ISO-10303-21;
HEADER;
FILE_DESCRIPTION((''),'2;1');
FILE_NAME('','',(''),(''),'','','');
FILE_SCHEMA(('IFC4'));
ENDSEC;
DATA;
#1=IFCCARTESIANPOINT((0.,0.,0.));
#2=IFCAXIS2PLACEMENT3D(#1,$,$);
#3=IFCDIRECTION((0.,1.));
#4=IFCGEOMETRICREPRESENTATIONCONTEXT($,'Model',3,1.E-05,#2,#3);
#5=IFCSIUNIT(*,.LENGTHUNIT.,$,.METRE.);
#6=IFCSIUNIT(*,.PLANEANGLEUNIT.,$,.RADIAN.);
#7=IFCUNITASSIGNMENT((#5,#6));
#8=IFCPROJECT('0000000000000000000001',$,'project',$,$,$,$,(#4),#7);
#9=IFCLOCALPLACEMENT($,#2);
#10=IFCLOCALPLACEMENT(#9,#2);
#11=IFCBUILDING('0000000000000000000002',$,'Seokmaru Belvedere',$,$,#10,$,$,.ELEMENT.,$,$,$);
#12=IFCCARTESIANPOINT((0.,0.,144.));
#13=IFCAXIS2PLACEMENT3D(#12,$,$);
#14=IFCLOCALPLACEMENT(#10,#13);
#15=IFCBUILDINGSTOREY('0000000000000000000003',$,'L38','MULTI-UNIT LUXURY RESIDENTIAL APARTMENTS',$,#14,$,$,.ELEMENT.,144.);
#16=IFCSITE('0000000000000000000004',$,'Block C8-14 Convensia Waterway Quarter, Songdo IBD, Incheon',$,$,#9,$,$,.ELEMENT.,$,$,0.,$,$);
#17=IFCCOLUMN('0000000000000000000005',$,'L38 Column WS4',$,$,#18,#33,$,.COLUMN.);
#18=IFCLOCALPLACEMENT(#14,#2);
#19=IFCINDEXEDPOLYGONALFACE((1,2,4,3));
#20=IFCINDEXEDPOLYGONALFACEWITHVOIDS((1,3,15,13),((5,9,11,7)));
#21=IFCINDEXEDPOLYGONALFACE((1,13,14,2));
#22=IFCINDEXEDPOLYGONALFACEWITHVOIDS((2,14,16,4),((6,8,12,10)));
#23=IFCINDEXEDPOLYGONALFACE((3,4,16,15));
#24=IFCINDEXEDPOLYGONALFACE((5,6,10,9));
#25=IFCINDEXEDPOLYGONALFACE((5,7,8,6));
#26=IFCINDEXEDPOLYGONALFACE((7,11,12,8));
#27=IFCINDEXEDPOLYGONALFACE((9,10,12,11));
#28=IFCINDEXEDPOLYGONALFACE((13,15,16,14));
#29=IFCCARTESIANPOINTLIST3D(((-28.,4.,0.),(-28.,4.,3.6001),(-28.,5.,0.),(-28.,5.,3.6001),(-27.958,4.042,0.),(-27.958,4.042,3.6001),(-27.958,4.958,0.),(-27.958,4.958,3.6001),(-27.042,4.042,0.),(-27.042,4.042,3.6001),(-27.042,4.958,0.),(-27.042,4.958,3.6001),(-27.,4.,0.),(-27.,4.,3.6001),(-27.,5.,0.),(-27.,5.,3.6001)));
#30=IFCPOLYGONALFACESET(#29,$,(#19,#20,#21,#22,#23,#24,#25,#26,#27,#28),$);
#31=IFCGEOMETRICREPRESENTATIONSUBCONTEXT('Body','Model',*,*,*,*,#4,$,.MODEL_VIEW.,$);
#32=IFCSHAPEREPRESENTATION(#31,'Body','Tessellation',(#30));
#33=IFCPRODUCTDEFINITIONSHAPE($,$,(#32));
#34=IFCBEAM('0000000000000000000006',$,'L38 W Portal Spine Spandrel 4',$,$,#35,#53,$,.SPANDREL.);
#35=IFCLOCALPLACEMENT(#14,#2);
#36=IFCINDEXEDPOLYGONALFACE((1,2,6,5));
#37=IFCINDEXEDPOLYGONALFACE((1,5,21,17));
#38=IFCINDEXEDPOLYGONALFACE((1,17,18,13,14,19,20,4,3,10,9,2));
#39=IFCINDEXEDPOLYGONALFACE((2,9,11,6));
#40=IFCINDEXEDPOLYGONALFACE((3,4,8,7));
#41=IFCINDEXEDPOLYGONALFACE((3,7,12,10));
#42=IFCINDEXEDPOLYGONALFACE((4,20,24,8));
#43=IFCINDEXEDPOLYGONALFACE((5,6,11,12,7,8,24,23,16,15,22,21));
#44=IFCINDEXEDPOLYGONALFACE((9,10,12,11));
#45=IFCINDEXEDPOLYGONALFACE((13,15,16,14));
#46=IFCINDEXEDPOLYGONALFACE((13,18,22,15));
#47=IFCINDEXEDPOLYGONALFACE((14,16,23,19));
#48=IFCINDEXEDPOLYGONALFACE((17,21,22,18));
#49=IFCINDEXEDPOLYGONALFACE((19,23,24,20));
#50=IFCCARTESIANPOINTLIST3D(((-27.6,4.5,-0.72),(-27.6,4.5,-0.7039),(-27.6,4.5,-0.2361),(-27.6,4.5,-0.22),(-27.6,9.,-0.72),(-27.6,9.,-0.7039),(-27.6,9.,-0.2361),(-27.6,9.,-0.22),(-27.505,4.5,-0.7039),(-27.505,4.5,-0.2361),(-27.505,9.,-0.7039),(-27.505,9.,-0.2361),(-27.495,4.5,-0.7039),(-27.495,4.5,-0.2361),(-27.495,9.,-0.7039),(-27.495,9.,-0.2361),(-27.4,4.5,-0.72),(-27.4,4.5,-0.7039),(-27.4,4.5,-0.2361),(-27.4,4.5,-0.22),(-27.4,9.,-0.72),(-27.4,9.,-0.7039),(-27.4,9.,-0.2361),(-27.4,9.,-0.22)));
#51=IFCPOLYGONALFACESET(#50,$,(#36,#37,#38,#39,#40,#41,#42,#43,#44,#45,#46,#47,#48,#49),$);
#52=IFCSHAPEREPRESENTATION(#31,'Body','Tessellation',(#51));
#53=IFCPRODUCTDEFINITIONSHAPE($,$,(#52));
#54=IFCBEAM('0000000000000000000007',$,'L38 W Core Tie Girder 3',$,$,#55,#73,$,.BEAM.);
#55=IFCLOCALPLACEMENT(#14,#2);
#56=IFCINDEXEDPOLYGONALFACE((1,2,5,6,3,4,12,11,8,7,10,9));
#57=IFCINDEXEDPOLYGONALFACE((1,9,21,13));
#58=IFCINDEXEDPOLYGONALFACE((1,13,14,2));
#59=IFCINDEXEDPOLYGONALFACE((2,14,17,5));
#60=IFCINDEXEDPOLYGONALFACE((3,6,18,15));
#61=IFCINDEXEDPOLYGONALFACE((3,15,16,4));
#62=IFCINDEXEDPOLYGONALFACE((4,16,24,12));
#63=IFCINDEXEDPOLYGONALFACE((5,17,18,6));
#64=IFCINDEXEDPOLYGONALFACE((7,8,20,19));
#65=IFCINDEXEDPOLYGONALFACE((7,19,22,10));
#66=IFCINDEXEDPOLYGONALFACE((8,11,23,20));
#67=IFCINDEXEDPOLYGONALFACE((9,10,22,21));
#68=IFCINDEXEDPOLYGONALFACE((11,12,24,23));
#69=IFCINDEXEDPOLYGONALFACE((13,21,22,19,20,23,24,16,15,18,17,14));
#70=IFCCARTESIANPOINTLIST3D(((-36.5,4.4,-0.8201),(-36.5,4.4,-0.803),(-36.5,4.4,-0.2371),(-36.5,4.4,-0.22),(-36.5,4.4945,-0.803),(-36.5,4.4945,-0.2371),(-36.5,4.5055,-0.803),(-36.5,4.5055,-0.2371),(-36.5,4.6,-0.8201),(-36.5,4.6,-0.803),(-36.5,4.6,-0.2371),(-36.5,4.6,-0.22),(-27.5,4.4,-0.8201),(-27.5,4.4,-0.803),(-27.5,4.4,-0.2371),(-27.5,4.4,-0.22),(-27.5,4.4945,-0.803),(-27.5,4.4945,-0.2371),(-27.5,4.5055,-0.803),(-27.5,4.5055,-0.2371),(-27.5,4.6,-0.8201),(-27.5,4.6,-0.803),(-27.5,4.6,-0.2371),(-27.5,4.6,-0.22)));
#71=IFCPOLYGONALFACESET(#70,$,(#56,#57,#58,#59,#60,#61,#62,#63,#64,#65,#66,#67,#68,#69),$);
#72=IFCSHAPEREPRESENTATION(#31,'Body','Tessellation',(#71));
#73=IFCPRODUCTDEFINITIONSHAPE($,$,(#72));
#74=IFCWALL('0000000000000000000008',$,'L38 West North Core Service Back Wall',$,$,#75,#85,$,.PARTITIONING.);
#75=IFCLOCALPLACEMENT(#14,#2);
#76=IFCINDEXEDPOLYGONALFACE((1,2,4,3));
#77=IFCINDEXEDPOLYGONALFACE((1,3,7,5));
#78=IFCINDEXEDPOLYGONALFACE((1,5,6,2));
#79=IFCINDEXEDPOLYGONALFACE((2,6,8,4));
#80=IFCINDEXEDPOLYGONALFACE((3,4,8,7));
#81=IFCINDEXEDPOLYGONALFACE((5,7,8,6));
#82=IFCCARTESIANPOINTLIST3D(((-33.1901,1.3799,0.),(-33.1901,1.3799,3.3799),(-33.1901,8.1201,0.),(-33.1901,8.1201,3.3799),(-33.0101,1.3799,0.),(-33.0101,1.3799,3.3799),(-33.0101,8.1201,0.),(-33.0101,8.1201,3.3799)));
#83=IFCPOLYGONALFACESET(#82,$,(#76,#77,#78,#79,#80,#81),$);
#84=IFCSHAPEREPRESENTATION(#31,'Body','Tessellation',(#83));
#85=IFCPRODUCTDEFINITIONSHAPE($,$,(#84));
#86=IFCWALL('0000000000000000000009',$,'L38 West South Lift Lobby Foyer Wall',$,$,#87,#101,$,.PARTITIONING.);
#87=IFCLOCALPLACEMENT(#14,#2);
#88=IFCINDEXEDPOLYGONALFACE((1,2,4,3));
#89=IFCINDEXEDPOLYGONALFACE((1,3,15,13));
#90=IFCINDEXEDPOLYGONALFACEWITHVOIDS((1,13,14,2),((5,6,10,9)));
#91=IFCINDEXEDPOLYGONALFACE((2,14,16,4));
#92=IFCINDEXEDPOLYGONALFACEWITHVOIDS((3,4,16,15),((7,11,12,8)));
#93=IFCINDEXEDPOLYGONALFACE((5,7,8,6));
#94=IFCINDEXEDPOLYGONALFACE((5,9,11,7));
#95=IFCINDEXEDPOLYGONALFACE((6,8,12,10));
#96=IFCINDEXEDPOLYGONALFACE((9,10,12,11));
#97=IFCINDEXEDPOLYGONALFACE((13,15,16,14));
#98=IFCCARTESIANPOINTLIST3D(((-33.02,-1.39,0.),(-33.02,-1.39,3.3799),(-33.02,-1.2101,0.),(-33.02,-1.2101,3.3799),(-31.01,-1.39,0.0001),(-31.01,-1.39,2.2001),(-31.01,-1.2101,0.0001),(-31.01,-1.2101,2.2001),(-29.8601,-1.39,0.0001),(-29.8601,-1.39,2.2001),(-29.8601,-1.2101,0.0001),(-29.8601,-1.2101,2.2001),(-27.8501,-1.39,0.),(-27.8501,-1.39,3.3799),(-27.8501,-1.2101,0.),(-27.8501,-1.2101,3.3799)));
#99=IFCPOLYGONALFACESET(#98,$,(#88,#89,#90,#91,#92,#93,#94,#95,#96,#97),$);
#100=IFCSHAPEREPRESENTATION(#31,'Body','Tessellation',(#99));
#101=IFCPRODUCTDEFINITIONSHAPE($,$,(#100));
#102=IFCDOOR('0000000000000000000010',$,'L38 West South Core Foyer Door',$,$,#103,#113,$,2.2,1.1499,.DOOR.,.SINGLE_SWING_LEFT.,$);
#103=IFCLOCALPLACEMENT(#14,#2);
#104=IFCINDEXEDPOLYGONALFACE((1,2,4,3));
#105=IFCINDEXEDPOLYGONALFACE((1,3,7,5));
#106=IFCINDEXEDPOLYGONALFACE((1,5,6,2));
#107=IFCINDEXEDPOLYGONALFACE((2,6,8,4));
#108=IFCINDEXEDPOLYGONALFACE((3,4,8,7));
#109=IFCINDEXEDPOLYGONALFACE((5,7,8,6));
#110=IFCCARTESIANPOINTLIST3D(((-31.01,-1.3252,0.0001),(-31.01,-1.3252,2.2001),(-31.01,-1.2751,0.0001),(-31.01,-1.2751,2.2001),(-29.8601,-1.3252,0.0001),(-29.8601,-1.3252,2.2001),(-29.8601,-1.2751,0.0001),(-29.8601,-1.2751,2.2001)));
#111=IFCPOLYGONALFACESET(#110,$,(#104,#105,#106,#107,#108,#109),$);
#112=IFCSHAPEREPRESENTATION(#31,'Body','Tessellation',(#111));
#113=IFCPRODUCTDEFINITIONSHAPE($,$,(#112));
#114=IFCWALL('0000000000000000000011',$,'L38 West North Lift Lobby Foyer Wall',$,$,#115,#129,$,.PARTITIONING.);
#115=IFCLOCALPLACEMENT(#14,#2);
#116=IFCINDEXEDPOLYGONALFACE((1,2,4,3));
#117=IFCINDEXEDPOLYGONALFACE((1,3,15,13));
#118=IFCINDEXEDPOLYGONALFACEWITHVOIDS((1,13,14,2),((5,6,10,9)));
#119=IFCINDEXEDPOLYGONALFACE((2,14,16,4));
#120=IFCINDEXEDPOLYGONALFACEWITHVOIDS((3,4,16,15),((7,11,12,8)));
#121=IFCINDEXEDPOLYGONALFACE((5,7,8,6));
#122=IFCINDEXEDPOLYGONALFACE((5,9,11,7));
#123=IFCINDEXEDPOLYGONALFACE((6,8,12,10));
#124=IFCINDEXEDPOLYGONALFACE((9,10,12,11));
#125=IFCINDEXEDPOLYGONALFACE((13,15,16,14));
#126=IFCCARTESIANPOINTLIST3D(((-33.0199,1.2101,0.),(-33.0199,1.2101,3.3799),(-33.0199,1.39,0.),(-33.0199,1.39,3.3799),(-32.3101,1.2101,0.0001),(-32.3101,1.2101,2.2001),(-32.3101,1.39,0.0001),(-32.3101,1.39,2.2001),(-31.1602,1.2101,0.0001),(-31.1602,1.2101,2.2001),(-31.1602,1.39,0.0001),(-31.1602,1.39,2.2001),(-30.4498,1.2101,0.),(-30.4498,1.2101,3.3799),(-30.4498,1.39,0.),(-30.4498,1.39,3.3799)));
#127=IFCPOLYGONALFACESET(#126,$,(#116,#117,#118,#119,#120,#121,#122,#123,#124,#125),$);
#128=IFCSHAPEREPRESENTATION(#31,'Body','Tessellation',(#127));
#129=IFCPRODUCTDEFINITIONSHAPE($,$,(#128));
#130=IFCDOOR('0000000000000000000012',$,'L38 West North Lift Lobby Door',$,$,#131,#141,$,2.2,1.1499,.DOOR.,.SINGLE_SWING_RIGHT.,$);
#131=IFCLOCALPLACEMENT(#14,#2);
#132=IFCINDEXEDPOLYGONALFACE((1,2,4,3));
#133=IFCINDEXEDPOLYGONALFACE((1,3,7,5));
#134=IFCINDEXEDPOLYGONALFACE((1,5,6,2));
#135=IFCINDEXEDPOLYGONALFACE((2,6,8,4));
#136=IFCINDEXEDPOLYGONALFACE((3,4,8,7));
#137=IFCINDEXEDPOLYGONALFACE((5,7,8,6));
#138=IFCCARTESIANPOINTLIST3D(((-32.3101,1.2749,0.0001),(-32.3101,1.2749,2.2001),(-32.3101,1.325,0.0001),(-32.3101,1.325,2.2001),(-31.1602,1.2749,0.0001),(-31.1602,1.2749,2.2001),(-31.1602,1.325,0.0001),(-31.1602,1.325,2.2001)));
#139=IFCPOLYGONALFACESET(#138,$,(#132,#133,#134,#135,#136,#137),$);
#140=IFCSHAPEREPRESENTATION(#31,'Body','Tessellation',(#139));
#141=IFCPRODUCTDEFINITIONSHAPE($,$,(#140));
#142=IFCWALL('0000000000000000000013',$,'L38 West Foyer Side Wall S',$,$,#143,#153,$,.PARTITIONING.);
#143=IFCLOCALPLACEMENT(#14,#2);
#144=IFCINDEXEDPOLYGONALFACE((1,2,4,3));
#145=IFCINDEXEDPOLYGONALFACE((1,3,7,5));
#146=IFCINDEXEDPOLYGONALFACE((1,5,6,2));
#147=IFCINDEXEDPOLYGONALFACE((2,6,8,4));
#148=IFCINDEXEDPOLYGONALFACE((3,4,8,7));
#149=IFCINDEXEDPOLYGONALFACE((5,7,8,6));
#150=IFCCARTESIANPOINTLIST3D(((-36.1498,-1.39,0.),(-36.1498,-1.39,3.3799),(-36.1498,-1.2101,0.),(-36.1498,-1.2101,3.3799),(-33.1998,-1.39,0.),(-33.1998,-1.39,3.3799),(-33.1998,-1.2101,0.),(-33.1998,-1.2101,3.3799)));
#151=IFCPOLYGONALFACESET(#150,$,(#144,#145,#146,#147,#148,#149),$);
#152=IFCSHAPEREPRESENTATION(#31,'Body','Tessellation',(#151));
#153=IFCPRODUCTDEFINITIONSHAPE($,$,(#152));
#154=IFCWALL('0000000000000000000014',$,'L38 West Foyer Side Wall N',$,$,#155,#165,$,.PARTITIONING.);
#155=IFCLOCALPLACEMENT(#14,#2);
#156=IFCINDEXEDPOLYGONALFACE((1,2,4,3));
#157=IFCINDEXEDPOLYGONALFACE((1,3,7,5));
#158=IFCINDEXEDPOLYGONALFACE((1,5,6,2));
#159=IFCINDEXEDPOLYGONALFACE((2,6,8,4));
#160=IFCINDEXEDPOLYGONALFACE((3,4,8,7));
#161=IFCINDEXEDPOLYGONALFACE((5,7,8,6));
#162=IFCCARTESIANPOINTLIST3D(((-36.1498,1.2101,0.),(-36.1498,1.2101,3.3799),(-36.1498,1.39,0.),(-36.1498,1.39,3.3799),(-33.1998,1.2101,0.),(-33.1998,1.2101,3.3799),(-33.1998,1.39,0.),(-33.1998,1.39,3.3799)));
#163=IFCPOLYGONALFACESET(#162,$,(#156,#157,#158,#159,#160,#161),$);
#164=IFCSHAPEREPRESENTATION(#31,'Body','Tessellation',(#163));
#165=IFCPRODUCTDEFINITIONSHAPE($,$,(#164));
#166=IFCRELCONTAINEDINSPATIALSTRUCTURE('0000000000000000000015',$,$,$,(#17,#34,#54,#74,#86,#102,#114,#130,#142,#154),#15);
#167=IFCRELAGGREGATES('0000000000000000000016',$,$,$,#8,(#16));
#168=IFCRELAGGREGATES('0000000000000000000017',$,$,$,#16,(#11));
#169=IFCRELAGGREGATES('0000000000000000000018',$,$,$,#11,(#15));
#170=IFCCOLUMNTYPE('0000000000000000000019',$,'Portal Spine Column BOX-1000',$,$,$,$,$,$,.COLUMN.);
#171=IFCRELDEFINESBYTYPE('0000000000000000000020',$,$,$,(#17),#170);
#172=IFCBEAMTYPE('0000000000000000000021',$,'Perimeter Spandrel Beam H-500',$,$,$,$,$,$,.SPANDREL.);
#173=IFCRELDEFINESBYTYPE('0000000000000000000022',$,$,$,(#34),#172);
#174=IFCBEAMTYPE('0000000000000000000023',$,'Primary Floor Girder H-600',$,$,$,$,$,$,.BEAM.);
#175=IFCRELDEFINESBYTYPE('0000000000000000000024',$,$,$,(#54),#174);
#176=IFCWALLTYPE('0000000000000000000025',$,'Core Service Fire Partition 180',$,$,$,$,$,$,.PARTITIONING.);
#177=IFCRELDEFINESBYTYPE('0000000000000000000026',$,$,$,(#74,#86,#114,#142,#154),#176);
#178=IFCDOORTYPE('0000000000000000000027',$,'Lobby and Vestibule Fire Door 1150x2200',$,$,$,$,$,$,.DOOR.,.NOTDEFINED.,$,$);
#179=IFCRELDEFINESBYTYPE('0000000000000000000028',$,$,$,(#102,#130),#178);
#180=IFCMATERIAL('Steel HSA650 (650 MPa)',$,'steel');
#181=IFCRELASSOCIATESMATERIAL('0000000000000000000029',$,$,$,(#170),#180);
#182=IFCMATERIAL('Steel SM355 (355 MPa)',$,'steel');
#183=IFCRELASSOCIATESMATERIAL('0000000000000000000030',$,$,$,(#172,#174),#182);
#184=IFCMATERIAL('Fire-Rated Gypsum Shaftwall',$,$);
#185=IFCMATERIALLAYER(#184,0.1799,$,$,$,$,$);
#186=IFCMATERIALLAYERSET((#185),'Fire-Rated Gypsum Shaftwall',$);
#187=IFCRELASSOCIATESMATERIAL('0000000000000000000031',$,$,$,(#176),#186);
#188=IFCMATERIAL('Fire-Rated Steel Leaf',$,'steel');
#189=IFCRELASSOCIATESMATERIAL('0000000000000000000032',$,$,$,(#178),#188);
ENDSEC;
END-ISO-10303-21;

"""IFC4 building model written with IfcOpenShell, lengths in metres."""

from ifc_helpers import new_model, si_unit, direction, frame, frame_2d, origin, origin_2d, place, context, subcontext, project, spatial, rectangle, hollow_rectangle, i_section, extrude, source, transform, mapped, material, layer, layer_set, material_profile, profile_set, type_object, type_shapes, element, fill, save


model = new_model("IFC4")

# Units and contexts
model_context = context("Model", 3, precision=1e-05, world=origin(), true_north=direction((0.0, 1.0)))
body_context = subcontext(model_context, "Body", "Model", "MODEL_VIEW")
ifc_project = project(units=[si_unit("LENGTHUNIT", "METRE"), si_unit("PLANEANGLEUNIT", "RADIAN")], contexts=[model_context])

# Site, building, storey
site_placement = place(None, origin())
site = spatial("IfcSite", under=ifc_project, at=site_placement, Name="Block C8-14 Convensia Waterway Quarter, Songdo IBD, Incheon", CompositionType="ELEMENT", RefElevation=0.0)
building_placement = place(site_placement, origin())
building = spatial("IfcBuilding", under=site, at=building_placement, Name="Seokmaru Belvedere", CompositionType="ELEMENT")
storey_placement = place(building_placement, frame((0.0, 0.0, 144.0)))
storey = spatial("IfcBuildingStorey", under=building, at=storey_placement, Name="L38", Description="MULTI-UNIT LUXURY RESIDENTIAL APARTMENTS", CompositionType="ELEMENT", Elevation=144.0)

# Column
ifc_material_1 = material(Name="Steel HSA650 (650 MPa)", Category="steel")
ifc_material_profile_1 = material_profile(ifc_material_1, hollow_rectangle(XDim=1.0, YDim=1.0, WallThickness=0.042, at=origin_2d()), Name="BOX-1000x1000x42")
ifc_profile_set_1 = profile_set([ifc_material_profile_1], Name="Steel HSA650 (650 MPa)")
column_type = type_object("IfcColumnType", Name="Portal Spine Column BOX-1000", PredefinedType="COLUMN", material=ifc_profile_set_1)
shared_shape_1 = source(origin(), body_context, "Body", "SweptSolid", [
    extrude(hollow_rectangle(XDim=1.0, YDim=1.0, WallThickness=0.042, at=origin_2d()), origin(), (0.0, 0.0, 1.0), 3.6001),
])
type_shapes(column_type, [shared_shape_1])
column_placement = place(storey_placement, frame((-27.5, 4.5, 0.0), z_axis=(0.0, 0.0, 1.0), x_axis=(1.0, 0.0, 0.0)))
element("IfcColumn", 1, at=column_placement, inside=storey, type_object=column_type, Name="L38 Column WS4", PredefinedType="COLUMN", context=body_context, shape_type="MappedRepresentation", body=[
    mapped(shared_shape_1, transform((0.0, 0.0, 0.0), scale=1.0)),
])

# Beams
ifc_material_2 = material(Name="Steel SM355 (355 MPa)", Category="steel")
ifc_material_profile_2 = material_profile(ifc_material_2, i_section(OverallWidth=0.2, OverallDepth=0.5, WebThickness=0.01, FlangeThickness=0.0161, at=origin_2d()), Name="H-500x200x10x16")
ifc_profile_set_2 = profile_set([ifc_material_profile_2], Name="Steel SM355 (355 MPa)")
beam_type_1 = type_object("IfcBeamType", Name="Perimeter Spandrel Beam H-500", PredefinedType="SPANDREL", material=ifc_profile_set_2)
shared_shape_2 = source(origin(), body_context, "Body", "SweptSolid", [
    extrude(i_section(OverallWidth=0.2, OverallDepth=0.5, WebThickness=0.01, FlangeThickness=0.0161, at=origin_2d()), origin(), (0.0, 0.0, 1.0), 4.5),
])
type_shapes(beam_type_1, [shared_shape_2])
beam_1_placement = place(storey_placement, frame((-27.5, 4.5, -0.47), z_axis=(0.0, 1.0, 0.0), x_axis=(-1.0, 0.0, 0.0)))
element("IfcBeam", 2, at=beam_1_placement, inside=storey, type_object=beam_type_1, Name="L38 W Portal Spine Spandrel 4", PredefinedType="SPANDREL", context=body_context, shape_type="MappedRepresentation", body=[
    mapped(shared_shape_2, transform((0.0, 0.0, 0.0), scale=1.0)),
])
ifc_material_profile_3 = material_profile(ifc_material_2, i_section(OverallWidth=0.2, OverallDepth=0.6001, WebThickness=0.011, FlangeThickness=0.0171, at=origin_2d()), Name="H-600x200x11x17")
ifc_profile_set_3 = profile_set([ifc_material_profile_3], Name="Steel SM355 (355 MPa)")
beam_type_2 = type_object("IfcBeamType", Name="Primary Floor Girder H-600", PredefinedType="BEAM", material=ifc_profile_set_3)
shared_shape_3 = source(origin(), body_context, "Body", "SweptSolid", [
    extrude(i_section(OverallWidth=0.2, OverallDepth=0.6001, WebThickness=0.011, FlangeThickness=0.0171, at=origin_2d()), origin(), (0.0, 0.0, 1.0), 9.0),
])
type_shapes(beam_type_2, [shared_shape_3])
beam_2_placement = place(storey_placement, frame((-36.5, 4.5, -0.52), z_axis=(1.0, 0.0, 0.0), x_axis=(0.0, 1.0, 0.0)))
element("IfcBeam", 3, at=beam_2_placement, inside=storey, type_object=beam_type_2, Name="L38 W Core Tie Girder 3", PredefinedType="BEAM", context=body_context, shape_type="MappedRepresentation", body=[
    mapped(shared_shape_3, transform((0.0, 0.0, 0.0), scale=1.0)),
])

# Wall
ifc_material_3 = material(Name="Fire-Rated Gypsum Shaftwall")
ifc_layer_1 = layer(ifc_material_3, 0.1799)
ifc_layer_set_1 = layer_set([ifc_layer_1], Name="Fire-Rated Gypsum Shaftwall")
wall_type_1 = type_object("IfcWallType", Name="Core Service Fire Partition 180", PredefinedType="PARTITIONING", material=ifc_layer_set_1)
wall_1_placement = place(storey_placement, frame((-33.1001, 1.3799, 0.0), z_axis=(0.0, 0.0, 1.0), x_axis=(0.0, 1.0, 0.0)))
element("IfcWall", 4, at=wall_1_placement, inside=storey, type_object=wall_type_1, Name="L38 West North Core Service Back Wall", PredefinedType="PARTITIONING", context=body_context, shape_type="SweptSolid", body=[
    extrude(rectangle(XDim=6.7402, YDim=0.1799, at=frame_2d((3.3701, 0.0))), origin(), (0.0, 0.0, 1.0), 3.3799),
])

# Walls, openings, doors
wall_2_placement = place(storey_placement, frame((-33.02, -1.3, 0.0), z_axis=(0.0, 0.0, 1.0), x_axis=(1.0, 0.0, 0.0)))
wall_2 = element("IfcWall", 5, at=wall_2_placement, inside=storey, type_object=wall_type_1, Name="L38 West South Lift Lobby Foyer Wall", PredefinedType="PARTITIONING", context=body_context, shape_type="SweptSolid", body=[
    extrude(rectangle(XDim=5.1699, YDim=0.1799, at=frame_2d((2.585, 0.0))), origin(), (0.0, 0.0, 1.0), 3.3799),
])
opening_1_placement = place(wall_2_placement, frame((2.01, 0.0, 0.0)))
opening_1 = element("IfcOpeningElement", 6, at=opening_1_placement, cuts=wall_2, PredefinedType="OPENING", context=body_context, shape_type="SweptSolid", body=[
    extrude(rectangle(XDim=1.1499, YDim=2.2, at=frame_2d((0.575, 1.1001))), frame((0.0, 0.1001, 0.0), z_axis=(0.0, -1.0, 0.0), x_axis=(1.0, 0.0, 0.0)), (0.0, 0.0, 1.0), 0.2),
])
ifc_material_4 = material(Name="Fire-Rated Steel Leaf", Category="steel")
door_type_1 = type_object("IfcDoorType", Name="Lobby and Vestibule Fire Door 1150x2200", OperationType="NOTDEFINED", PredefinedType="DOOR", material=ifc_material_4)
shared_shape_4 = source(origin(), body_context, "Body", "SweptSolid", [
    extrude(rectangle(XDim=1.1499, YDim=2.2, at=frame_2d((0.575, 1.1001))), frame((0.0, 0.0249, 0.0), z_axis=(0.0, -1.0, 0.0), x_axis=(1.0, 0.0, 0.0)), (0.0, 0.0, 1.0), 0.05),
])
type_shapes(door_type_1, [shared_shape_4])
door_1_placement = place(opening_1_placement, origin())
door_1 = element("IfcDoor", 7, at=door_1_placement, inside=storey, type_object=door_type_1, Name="L38 West South Core Foyer Door", OperationType="SINGLE_SWING_LEFT", OverallHeight=2.2, OverallWidth=1.1499, PredefinedType="DOOR", context=body_context, shape_type="MappedRepresentation", body=[
    mapped(shared_shape_4, transform((0.0, 0.0, 0.0), scale=1.0)),
])
fill(opening_1, door_1)
wall_3_placement = place(storey_placement, frame((-33.02, 1.3, 0.0), z_axis=(0.0, 0.0, 1.0), x_axis=(1.0, 0.0, 0.0)))
wall_3 = element("IfcWall", 8, at=wall_3_placement, inside=storey, type_object=wall_type_1, Name="L38 West North Lift Lobby Foyer Wall", PredefinedType="PARTITIONING", context=body_context, shape_type="SweptSolid", body=[
    extrude(rectangle(XDim=2.5701, YDim=0.1799, at=frame_2d((1.2852, 0.0))), origin(), (0.0, 0.0, 1.0), 3.3799),
])
opening_2_placement = place(wall_3_placement, frame((0.71, 0.0, 0.0)))
opening_2 = element("IfcOpeningElement", 9, at=opening_2_placement, cuts=wall_3, PredefinedType="OPENING", context=body_context, shape_type="SweptSolid", body=[
    extrude(rectangle(XDim=1.1499, YDim=2.2, at=frame_2d((0.575, 1.1001))), frame((0.0, 0.1001, 0.0), z_axis=(0.0, -1.0, 0.0), x_axis=(1.0, 0.0, 0.0)), (0.0, 0.0, 1.0), 0.2),
])
door_2_placement = place(opening_2_placement, origin())
door_2 = element("IfcDoor", 10, at=door_2_placement, inside=storey, type_object=door_type_1, Name="L38 West North Lift Lobby Door", OperationType="SINGLE_SWING_RIGHT", OverallHeight=2.2, OverallWidth=1.1499, PredefinedType="DOOR", context=body_context, shape_type="MappedRepresentation", body=[
    mapped(shared_shape_4, transform((0.0, 0.0, 0.0), scale=1.0)),
])
fill(opening_2, door_2)

# Walls
for number, where, z_axis, x_axis, name in (
    (11, (-36.1499, -1.3, 0.0), (0.0, 0.0, 1.0), (1.0, 0.0, 0.0), "L38 West Foyer Side Wall S"),
    (12, (-36.1499, 1.3, 0.0), (0.0, 0.0, 1.0), (1.0, 0.0, 0.0), "L38 West Foyer Side Wall N"),
):
    element("IfcWall", number, at=place(storey_placement, frame(where, z_axis=z_axis, x_axis=x_axis)), inside=storey, type_object=wall_type_1, Name=name, PredefinedType="PARTITIONING", context=body_context, shape_type="SweptSolid", body=[
        extrude(rectangle(XDim=2.95, YDim=0.1799, at=frame_2d((1.4751, 0.0))), origin(), (0.0, 0.0, 1.0), 3.3799),
    ])

save(model, "model.ifc")
